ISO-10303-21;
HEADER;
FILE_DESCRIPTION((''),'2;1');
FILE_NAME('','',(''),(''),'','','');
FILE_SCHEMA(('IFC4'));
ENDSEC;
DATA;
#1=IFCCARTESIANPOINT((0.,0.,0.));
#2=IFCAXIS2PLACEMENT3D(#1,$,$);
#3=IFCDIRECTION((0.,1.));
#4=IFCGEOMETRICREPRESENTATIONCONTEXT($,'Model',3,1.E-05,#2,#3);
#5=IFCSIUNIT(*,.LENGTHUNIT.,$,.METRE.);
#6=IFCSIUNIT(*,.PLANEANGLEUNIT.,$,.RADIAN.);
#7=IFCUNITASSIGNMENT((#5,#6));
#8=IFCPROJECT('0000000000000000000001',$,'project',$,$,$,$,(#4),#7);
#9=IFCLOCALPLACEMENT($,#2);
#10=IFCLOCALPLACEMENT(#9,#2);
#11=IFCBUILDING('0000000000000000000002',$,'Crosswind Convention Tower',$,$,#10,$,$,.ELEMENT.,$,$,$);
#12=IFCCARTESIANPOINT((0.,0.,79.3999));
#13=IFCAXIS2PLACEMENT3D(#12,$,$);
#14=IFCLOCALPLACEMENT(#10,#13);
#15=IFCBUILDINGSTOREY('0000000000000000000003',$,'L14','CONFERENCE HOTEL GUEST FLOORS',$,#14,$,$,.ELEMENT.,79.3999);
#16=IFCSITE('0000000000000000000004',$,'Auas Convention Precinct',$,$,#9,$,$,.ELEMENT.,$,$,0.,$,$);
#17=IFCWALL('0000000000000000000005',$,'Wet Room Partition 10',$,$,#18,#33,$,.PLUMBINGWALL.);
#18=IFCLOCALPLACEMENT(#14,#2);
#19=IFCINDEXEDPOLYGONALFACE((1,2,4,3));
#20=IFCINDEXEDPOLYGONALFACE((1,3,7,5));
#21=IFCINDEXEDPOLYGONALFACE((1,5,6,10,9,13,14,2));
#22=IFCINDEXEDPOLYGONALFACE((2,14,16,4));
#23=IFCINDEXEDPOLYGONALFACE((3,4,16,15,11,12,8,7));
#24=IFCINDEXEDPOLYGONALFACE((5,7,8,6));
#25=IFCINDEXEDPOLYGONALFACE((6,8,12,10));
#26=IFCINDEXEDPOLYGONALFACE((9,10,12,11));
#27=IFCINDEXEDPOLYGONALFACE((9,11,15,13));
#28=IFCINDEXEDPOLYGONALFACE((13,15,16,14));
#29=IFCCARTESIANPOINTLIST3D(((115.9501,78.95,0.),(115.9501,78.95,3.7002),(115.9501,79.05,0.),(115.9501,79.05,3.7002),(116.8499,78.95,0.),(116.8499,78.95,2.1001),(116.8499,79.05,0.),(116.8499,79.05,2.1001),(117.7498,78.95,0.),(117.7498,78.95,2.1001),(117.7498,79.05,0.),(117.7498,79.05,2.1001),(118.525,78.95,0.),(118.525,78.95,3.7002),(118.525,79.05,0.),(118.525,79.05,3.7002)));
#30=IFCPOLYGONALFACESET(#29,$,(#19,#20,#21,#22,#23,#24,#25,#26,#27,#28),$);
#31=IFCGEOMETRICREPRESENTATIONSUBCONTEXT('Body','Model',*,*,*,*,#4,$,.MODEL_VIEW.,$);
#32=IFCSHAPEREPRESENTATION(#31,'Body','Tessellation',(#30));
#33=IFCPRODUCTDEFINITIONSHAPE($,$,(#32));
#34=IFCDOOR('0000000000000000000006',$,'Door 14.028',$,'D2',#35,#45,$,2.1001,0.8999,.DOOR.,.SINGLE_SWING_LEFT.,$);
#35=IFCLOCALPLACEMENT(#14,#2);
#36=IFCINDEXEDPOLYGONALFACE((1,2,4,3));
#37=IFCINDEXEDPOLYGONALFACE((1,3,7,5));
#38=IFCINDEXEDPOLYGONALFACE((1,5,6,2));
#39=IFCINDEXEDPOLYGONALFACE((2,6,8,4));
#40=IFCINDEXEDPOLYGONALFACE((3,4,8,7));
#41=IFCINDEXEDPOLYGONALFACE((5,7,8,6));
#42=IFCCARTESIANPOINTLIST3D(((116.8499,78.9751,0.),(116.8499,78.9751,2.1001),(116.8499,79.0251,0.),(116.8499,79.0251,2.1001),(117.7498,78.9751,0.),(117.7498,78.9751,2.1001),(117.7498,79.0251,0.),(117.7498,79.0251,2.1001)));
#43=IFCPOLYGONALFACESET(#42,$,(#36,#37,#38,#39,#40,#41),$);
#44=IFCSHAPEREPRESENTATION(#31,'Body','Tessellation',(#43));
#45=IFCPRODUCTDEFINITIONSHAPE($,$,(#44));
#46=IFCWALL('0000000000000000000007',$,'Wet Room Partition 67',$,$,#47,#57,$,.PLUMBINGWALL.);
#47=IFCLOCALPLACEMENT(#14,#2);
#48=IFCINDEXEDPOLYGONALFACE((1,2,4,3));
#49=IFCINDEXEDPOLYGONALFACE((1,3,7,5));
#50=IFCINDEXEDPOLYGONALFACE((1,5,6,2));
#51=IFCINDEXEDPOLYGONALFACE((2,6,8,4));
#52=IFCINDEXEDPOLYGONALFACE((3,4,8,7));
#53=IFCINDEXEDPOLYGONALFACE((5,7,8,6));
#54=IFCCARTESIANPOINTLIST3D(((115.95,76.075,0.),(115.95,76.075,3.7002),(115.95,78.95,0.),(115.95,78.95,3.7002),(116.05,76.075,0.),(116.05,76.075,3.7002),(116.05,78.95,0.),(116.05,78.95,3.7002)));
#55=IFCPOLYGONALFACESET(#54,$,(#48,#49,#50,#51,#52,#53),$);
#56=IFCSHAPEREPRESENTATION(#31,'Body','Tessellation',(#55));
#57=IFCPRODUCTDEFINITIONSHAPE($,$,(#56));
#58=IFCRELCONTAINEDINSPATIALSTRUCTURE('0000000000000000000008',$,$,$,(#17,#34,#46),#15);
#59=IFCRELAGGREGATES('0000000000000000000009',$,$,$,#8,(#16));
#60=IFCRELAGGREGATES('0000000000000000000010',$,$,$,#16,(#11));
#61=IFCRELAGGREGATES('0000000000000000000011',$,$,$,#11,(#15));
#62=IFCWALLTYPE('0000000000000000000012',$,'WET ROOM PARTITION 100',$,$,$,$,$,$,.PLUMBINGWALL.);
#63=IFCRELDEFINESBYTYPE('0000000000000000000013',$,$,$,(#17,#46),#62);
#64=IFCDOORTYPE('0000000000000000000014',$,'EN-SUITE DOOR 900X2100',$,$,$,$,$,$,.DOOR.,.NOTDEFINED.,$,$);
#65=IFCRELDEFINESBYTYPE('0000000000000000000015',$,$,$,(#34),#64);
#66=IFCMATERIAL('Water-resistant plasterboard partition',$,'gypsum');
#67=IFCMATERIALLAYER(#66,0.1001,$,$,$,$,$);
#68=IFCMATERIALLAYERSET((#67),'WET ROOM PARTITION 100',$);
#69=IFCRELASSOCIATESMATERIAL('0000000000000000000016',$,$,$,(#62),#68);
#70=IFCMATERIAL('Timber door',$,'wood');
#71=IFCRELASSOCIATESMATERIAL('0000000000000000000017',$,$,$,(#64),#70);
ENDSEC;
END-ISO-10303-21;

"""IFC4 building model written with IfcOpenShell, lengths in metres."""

from ifc_helpers import new_model, si_unit, direction, frame, frame_2d, origin, place, context, subcontext, project, spatial, rectangle, extrude, material, layer, layer_set, type_object, element, fill, save


model = new_model("IFC4")

# Units and contexts
model_context = context("Model", 3, precision=1e-05, world=origin(), true_north=direction((0.0, 1.0)))
body_context = subcontext(model_context, "Body", "Model", "MODEL_VIEW")
ifc_project = project(units=[si_unit("LENGTHUNIT", "METRE"), si_unit("PLANEANGLEUNIT", "RADIAN")], contexts=[model_context])

# Site, building, storey
site_placement = place(None, origin())
site = spatial("IfcSite", under=ifc_project, at=site_placement, Name="Auas Convention Precinct", CompositionType="ELEMENT", RefElevation=0.0)
building_placement = place(site_placement, origin())
building = spatial("IfcBuilding", under=site, at=building_placement, Name="Crosswind Convention Tower", CompositionType="ELEMENT")
storey_placement = place(building_placement, frame((0.0, 0.0, 79.3999)))
storey = spatial("IfcBuildingStorey", under=building, at=storey_placement, Name="L14", Description="CONFERENCE HOTEL GUEST FLOORS", CompositionType="ELEMENT", Elevation=79.3999)

# Wall, opening, door
ifc_material_1 = material(Name="Water-resistant plasterboard partition", Category="gypsum")
ifc_layer_1 = layer(ifc_material_1, 0.1001)
ifc_layer_set_1 = layer_set([ifc_layer_1], Name="WET ROOM PARTITION 100")
wall_type_1 = type_object("IfcWallType", Name="WET ROOM PARTITION 100", PredefinedType="PLUMBINGWALL", material=ifc_layer_set_1)
wall_1_placement = place(storey_placement, frame((115.95, 79.0, 0.0), z_axis=(0.0, 0.0, 1.0), x_axis=(1.0, 0.0, 0.0)))
wall_1 = element("IfcWall", 1, at=wall_1_placement, inside=storey, type_object=wall_type_1, Name="Wet Room Partition 10", PredefinedType="PLUMBINGWALL", context=body_context, shape_type="SweptSolid", body=[
    extrude(rectangle(XDim=2.575, YDim=0.1001, at=frame_2d((1.2876, 0.0))), origin(), (0.0, 0.0, 1.0), 3.7002),
])
opening_1_placement = place(wall_1_placement, frame((0.8999, 0.0, 0.0)))
opening_1 = element("IfcOpeningElement", 2, at=opening_1_placement, cuts=wall_1, PredefinedType="OPENING", context=body_context, shape_type="SweptSolid", body=[
    extrude(rectangle(XDim=0.8999, YDim=2.1001, at=frame_2d((0.45, 1.05))), frame((0.0, 0.0601, 0.0), z_axis=(0.0, -1.0, 0.0), x_axis=(1.0, 0.0, 0.0)), (0.0, 0.0, 1.0), 0.1201),
])
ifc_material_2 = material(Name="Timber door", Category="wood")
door_type_1 = type_object("IfcDoorType", Name="EN-SUITE DOOR 900X2100", OperationType="NOTDEFINED", PredefinedType="DOOR", material=ifc_material_2)
door_1_placement = place(opening_1_placement, frame((0.8999, 0.0, 0.0), z_axis=(0.0, 0.0, 1.0), x_axis=(-1.0, 0.0, 0.0)))
door_1 = element("IfcDoor", 3, at=door_1_placement, inside=storey, type_object=door_type_1, Name="Door 14.028", ObjectType="D2", OperationType="SINGLE_SWING_LEFT", OverallHeight=2.1001, OverallWidth=0.8999, PredefinedType="DOOR", context=body_context, shape_type="SweptSolid", body=[
    extrude(rectangle(XDim=0.8999, YDim=2.1001, at=frame_2d((0.45, 1.05))), frame((0.0, 0.0249, 0.0), z_axis=(0.0, -1.0, 0.0), x_axis=(1.0, 0.0, 0.0)), (0.0, 0.0, 1.0), 0.05),
])
fill(opening_1, door_1)

# Wall
wall_2_placement = place(storey_placement, frame((116.0, 76.075, 0.0), z_axis=(0.0, 0.0, 1.0), x_axis=(0.0, 1.0, 0.0)))
element("IfcWall", 4, at=wall_2_placement, inside=storey, type_object=wall_type_1, Name="Wet Room Partition 67", PredefinedType="PLUMBINGWALL", context=body_context, shape_type="SweptSolid", body=[
    extrude(rectangle(XDim=2.875, YDim=0.1001, at=frame_2d((1.4375, 0.0))), origin(), (0.0, 0.0, 1.0), 3.7002),
])

save(model, "model.ifc")
